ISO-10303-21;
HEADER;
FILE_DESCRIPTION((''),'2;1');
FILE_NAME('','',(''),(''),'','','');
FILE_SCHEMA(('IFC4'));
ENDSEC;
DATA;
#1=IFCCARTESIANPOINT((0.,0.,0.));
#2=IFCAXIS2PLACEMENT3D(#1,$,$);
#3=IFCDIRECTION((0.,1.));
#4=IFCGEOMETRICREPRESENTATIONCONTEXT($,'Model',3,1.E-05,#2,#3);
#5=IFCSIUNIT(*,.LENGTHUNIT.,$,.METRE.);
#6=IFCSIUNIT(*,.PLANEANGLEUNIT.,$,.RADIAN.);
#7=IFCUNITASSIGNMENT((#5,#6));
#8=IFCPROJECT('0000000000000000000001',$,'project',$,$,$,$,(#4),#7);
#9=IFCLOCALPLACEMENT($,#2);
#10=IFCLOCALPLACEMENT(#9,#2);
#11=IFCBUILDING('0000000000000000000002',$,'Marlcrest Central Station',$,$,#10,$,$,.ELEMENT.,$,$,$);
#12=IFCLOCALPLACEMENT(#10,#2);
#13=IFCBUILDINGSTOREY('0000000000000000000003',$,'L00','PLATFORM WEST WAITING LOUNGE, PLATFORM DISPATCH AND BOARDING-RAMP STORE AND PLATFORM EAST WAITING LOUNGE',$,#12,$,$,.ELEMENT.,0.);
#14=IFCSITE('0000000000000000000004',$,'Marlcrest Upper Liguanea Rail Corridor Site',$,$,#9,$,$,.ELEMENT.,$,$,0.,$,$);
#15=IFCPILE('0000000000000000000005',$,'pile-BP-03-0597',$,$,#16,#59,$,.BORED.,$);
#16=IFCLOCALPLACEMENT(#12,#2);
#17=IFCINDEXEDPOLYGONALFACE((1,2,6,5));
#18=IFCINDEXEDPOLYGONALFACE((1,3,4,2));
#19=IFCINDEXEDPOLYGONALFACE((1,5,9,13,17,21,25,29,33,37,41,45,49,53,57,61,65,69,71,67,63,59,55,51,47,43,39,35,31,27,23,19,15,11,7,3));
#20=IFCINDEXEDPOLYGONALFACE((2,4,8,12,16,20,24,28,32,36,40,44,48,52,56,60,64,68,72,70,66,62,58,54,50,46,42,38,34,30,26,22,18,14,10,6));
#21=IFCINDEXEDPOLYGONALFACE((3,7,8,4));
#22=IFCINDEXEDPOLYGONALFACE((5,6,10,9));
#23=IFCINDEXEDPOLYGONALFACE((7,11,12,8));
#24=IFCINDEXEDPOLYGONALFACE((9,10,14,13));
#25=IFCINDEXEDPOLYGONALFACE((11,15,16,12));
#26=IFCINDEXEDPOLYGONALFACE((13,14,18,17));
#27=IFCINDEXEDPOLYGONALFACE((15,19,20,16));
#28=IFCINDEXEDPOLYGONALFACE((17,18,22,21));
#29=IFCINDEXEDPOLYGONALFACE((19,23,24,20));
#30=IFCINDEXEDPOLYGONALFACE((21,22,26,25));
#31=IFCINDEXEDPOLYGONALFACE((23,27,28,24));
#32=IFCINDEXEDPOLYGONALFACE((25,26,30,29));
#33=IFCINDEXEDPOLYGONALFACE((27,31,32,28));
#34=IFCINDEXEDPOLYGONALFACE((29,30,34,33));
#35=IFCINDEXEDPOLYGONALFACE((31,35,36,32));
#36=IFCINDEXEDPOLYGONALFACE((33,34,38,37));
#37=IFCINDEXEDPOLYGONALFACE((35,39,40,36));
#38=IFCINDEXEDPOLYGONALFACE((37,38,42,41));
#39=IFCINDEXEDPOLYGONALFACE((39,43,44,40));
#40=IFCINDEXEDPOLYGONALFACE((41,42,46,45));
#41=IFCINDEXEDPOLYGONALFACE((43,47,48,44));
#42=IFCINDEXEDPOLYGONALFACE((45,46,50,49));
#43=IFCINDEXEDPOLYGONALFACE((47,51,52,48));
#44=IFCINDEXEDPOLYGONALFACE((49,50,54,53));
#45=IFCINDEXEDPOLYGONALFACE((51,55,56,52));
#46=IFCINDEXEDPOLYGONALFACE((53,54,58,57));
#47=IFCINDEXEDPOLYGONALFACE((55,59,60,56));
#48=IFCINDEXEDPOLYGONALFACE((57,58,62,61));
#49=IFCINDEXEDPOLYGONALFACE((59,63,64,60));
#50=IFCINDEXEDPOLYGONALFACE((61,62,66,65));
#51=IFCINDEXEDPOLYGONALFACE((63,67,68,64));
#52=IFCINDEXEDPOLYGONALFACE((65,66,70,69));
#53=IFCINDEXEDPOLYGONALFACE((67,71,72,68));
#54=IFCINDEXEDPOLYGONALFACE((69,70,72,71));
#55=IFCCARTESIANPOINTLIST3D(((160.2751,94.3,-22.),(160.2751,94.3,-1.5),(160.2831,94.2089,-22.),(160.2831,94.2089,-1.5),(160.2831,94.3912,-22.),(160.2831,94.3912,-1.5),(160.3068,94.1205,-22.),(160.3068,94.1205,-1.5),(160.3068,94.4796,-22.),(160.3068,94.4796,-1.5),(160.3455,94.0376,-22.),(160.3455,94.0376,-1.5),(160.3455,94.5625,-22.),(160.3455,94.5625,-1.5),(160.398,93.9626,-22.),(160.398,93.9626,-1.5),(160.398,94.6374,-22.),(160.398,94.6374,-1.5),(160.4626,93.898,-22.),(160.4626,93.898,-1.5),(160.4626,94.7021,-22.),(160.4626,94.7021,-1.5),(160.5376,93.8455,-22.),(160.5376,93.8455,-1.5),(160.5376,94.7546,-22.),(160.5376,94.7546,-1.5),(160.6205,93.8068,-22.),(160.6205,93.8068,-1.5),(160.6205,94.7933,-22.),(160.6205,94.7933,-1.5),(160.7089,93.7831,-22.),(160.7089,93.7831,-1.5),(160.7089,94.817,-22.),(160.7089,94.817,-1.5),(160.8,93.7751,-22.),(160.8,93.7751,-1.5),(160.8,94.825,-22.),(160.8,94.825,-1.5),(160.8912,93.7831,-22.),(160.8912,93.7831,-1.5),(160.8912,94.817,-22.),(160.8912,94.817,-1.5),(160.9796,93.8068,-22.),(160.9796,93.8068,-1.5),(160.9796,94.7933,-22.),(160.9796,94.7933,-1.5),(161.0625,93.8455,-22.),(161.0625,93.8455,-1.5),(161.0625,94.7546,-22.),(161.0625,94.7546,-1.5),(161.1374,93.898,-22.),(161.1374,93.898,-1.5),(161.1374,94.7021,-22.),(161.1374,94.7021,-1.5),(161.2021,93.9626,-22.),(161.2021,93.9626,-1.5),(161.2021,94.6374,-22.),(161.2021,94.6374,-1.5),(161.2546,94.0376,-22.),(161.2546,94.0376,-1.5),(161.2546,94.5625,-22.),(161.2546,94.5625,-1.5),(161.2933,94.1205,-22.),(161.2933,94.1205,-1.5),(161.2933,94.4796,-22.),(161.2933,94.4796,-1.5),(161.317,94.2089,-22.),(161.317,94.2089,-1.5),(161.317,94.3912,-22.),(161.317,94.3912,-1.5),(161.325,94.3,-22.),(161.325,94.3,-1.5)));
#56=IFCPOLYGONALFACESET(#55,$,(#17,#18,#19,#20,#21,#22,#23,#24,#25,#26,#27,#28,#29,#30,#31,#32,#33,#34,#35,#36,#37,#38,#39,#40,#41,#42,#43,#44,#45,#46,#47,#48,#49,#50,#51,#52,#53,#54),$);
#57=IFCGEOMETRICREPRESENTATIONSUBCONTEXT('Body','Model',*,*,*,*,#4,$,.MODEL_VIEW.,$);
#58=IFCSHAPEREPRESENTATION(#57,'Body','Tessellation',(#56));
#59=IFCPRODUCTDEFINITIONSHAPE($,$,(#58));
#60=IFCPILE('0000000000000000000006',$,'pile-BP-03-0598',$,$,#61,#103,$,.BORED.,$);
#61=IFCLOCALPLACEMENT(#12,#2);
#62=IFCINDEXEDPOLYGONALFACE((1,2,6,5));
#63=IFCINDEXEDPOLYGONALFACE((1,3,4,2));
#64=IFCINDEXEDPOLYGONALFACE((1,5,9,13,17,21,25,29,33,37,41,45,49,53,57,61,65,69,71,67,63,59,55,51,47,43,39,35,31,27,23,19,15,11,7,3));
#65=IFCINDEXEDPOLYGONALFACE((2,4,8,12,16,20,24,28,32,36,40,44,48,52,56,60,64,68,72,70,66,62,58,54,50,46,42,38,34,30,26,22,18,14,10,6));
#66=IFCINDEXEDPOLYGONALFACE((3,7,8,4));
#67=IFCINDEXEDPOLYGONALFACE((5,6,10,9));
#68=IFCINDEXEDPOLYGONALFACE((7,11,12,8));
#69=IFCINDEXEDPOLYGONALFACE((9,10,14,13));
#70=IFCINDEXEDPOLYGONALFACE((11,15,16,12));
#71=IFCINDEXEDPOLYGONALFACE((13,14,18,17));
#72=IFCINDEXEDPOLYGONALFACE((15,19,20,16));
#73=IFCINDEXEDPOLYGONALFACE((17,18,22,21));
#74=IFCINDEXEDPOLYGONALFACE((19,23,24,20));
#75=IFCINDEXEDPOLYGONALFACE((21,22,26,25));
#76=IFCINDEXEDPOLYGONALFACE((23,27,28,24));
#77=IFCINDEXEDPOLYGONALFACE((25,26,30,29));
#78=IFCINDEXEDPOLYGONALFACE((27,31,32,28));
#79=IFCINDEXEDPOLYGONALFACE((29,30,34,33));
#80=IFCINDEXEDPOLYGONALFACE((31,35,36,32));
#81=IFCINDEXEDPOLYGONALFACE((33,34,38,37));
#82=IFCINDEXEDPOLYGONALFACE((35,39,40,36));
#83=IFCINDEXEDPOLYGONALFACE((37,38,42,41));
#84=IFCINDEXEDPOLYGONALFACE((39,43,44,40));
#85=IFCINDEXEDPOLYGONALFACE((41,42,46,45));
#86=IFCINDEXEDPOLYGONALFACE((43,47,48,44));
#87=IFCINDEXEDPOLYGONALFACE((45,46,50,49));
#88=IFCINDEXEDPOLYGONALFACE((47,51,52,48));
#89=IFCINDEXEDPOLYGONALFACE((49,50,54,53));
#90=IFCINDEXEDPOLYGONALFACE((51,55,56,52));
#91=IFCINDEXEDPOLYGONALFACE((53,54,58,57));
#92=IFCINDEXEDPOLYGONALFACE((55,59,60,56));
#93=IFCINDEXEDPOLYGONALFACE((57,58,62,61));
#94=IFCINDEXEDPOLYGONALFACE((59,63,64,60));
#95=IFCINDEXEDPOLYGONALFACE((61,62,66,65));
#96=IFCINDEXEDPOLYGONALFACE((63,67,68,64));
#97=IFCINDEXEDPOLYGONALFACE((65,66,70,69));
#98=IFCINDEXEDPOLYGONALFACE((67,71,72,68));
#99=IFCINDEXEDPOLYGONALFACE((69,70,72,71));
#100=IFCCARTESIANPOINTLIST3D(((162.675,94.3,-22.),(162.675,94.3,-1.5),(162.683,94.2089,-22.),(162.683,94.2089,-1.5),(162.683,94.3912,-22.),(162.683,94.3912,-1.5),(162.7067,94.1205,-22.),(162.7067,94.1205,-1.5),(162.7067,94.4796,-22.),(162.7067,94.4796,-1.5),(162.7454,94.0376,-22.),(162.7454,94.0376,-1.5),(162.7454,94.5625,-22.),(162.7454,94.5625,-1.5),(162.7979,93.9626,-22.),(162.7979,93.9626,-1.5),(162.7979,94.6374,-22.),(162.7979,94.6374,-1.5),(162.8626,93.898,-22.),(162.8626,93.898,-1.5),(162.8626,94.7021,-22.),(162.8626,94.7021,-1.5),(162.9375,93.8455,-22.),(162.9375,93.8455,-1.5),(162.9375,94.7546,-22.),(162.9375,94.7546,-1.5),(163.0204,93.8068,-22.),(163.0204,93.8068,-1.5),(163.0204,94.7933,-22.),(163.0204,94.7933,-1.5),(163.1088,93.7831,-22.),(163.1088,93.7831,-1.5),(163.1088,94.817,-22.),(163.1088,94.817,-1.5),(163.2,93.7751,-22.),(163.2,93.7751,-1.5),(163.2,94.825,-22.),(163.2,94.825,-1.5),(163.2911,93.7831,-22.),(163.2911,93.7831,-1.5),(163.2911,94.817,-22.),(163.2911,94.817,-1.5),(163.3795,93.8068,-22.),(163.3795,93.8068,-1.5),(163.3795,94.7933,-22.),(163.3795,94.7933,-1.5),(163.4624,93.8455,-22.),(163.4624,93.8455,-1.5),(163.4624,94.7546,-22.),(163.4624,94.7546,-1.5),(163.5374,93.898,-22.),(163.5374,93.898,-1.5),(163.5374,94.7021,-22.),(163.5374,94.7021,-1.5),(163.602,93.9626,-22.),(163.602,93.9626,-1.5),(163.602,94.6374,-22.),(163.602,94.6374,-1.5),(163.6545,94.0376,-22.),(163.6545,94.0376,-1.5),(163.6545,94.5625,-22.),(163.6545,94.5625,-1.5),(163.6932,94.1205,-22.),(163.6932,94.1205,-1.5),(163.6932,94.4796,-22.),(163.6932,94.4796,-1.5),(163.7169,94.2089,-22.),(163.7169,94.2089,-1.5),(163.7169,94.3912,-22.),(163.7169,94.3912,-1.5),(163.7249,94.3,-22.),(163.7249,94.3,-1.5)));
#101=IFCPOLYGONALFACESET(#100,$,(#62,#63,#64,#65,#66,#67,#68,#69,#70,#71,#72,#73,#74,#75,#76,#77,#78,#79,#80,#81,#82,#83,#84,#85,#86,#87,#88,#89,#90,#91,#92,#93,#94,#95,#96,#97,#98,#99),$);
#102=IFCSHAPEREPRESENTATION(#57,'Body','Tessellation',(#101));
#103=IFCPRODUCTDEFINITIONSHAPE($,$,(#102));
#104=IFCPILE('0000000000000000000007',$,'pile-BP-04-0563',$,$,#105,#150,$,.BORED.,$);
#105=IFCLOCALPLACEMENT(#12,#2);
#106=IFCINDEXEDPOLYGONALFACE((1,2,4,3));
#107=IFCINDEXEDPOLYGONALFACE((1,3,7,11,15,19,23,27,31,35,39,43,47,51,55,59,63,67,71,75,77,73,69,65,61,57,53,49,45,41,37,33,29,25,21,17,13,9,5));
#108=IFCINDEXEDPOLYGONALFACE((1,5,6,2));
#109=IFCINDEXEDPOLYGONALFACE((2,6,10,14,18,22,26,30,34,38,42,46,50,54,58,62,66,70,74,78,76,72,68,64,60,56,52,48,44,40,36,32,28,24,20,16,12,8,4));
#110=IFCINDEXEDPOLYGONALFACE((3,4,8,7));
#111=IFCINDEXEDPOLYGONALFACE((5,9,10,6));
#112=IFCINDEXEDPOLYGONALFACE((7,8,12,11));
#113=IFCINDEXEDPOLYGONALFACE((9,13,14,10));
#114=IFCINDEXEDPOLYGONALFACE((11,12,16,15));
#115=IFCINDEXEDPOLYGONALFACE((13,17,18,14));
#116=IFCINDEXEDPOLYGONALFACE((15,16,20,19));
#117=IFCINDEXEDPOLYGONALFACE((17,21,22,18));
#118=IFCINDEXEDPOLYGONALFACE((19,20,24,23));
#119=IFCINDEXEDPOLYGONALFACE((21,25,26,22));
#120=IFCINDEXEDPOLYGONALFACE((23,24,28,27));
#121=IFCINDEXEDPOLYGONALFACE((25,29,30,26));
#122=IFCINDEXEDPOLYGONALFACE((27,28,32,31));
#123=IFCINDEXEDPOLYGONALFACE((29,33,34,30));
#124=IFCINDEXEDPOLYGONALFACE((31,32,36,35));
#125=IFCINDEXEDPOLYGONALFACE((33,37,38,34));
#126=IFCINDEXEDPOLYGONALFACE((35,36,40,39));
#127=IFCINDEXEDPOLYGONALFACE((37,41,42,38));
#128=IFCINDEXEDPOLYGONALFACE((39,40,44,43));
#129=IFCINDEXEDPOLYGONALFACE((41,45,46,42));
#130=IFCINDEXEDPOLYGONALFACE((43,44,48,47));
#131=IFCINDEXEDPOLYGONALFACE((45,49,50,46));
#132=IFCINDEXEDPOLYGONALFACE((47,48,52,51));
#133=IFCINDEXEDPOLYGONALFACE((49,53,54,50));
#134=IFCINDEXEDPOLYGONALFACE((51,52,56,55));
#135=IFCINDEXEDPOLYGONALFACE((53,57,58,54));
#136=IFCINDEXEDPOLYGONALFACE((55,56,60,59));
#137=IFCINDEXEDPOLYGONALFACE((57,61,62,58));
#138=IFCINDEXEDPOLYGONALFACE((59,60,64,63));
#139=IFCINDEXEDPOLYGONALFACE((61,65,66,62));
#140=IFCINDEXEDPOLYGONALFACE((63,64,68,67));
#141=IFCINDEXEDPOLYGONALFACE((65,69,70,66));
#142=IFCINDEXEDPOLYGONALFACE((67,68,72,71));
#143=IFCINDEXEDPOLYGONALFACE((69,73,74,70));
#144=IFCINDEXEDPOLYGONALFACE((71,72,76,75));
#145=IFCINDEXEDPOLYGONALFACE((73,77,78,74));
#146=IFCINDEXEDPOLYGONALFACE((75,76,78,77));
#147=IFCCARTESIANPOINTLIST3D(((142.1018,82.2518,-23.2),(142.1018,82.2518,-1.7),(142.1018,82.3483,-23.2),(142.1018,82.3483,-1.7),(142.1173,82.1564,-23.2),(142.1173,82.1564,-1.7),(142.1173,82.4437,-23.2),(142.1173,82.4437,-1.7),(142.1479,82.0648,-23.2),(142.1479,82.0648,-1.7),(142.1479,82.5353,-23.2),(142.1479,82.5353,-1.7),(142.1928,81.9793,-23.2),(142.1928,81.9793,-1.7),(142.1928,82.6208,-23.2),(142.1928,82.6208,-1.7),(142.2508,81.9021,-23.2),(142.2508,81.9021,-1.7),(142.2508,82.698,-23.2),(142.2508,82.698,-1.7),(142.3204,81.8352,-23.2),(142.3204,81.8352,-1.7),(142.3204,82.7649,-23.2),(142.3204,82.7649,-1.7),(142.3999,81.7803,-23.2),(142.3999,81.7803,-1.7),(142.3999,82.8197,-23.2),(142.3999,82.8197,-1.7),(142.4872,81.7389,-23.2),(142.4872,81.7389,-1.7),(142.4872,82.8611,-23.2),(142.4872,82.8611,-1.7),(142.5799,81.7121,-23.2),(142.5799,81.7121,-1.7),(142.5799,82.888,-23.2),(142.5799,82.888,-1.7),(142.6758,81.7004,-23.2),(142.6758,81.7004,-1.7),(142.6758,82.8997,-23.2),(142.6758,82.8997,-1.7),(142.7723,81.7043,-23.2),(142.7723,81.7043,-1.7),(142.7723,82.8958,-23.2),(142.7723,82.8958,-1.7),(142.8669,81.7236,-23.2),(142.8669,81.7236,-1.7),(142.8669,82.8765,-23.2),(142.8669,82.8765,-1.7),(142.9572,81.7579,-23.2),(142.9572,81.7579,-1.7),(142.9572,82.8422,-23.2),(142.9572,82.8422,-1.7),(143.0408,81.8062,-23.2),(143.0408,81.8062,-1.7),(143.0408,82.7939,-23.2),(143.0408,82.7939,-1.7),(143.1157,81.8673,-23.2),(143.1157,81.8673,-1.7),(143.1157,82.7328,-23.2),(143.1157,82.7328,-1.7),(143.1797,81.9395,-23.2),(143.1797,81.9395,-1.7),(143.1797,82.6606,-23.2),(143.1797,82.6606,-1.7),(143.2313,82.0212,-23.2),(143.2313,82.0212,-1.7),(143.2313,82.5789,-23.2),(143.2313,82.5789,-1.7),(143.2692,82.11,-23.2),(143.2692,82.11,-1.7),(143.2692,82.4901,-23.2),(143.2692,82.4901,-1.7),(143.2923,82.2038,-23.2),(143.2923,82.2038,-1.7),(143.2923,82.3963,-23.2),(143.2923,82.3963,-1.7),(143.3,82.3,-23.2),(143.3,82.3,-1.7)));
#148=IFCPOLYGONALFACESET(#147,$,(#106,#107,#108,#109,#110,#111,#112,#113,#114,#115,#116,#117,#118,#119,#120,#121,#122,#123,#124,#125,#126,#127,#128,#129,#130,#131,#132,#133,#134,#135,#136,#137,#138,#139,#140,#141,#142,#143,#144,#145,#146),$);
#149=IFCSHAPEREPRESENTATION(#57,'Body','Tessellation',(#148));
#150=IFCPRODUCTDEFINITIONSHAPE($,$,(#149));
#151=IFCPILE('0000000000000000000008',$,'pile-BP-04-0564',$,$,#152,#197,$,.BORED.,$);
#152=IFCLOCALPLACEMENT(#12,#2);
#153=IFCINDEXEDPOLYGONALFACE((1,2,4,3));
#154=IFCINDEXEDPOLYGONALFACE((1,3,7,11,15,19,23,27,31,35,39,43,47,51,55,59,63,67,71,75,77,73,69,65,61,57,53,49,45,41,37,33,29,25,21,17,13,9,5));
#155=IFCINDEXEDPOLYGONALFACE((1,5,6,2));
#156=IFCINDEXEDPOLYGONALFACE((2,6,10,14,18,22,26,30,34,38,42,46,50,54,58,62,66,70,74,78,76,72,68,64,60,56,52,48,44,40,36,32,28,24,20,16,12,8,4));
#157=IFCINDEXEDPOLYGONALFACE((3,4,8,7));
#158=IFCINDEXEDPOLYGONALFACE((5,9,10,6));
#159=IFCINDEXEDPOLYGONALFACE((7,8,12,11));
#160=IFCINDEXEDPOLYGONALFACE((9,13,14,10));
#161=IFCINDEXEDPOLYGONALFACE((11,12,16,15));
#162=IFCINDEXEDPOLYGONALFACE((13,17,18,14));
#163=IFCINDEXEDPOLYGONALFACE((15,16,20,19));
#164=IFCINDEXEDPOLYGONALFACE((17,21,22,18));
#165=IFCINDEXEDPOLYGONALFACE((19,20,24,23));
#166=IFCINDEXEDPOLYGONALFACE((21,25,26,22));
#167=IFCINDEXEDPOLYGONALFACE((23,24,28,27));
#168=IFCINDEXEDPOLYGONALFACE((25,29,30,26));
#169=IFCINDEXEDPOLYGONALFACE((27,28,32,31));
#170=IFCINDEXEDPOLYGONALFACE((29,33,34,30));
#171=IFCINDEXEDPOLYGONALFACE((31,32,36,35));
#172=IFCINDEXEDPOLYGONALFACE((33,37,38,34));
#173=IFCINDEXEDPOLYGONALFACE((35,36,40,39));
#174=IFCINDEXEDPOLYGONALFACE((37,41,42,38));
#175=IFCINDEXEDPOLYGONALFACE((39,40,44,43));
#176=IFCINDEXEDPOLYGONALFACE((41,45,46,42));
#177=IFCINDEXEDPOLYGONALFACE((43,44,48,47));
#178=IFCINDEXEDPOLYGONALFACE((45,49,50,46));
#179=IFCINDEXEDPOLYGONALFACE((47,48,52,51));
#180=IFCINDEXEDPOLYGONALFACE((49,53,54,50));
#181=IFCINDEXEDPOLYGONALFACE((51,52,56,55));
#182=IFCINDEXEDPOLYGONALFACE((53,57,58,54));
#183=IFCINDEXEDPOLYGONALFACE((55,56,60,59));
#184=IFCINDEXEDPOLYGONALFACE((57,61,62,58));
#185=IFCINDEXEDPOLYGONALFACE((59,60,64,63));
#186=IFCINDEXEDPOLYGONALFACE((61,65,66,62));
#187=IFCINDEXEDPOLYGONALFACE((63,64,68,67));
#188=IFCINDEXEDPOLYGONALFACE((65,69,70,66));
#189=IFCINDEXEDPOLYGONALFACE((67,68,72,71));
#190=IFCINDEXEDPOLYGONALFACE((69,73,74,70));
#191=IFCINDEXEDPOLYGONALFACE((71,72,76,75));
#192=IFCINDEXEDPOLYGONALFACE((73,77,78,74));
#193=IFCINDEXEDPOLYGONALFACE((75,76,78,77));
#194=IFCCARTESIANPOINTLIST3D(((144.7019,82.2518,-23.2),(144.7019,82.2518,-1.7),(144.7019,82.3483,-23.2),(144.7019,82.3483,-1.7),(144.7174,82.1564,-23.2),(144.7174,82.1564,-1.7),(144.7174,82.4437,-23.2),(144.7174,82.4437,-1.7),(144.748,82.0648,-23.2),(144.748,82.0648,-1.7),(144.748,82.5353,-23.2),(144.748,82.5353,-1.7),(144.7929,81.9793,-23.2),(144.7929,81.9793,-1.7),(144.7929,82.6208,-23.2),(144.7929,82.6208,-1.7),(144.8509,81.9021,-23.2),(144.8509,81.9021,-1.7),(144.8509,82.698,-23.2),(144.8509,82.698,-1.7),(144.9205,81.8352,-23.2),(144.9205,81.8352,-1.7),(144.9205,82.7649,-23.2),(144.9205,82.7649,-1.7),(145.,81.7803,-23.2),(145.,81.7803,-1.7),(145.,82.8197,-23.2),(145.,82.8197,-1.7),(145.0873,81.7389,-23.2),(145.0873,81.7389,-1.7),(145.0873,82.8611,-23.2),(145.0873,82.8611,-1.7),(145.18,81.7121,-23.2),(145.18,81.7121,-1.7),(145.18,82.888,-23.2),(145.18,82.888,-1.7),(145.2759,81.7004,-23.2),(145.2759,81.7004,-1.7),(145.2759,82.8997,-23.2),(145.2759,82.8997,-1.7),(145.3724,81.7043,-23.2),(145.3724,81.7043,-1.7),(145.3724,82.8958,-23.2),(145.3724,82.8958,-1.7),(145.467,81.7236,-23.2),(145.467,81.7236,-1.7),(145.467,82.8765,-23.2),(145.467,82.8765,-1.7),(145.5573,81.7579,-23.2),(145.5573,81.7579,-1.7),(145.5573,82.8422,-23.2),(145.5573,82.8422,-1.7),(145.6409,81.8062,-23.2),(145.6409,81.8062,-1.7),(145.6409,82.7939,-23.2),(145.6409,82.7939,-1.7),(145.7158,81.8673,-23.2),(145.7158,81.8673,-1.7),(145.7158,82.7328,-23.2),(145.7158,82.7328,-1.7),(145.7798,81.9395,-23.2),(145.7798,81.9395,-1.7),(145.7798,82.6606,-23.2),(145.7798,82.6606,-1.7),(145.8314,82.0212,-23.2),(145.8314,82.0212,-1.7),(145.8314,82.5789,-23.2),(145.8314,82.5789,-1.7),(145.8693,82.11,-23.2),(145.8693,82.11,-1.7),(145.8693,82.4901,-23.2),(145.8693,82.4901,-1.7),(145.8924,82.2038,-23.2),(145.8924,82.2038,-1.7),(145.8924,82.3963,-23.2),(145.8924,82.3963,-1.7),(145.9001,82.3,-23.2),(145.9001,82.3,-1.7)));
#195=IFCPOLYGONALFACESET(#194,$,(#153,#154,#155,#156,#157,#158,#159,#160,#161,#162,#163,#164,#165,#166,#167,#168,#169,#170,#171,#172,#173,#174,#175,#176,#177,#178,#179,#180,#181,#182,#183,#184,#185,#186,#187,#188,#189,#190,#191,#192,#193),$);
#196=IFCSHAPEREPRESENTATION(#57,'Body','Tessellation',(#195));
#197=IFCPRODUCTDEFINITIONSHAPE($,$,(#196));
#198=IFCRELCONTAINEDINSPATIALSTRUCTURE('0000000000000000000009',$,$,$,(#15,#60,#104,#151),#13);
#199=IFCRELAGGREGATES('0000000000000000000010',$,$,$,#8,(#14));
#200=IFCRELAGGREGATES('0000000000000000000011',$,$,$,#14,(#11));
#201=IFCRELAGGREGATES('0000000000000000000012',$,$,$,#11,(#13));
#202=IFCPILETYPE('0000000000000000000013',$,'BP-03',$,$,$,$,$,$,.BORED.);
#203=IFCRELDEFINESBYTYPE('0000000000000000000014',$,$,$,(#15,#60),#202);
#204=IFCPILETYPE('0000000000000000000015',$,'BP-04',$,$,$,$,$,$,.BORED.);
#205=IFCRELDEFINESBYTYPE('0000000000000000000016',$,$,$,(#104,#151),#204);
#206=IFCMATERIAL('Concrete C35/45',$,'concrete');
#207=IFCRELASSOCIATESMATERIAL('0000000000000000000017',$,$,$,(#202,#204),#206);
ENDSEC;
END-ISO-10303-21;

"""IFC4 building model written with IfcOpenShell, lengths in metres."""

from ifc_helpers import new_model, si_unit, direction, frame, origin, origin_2d, place, context, subcontext, project, spatial, circle, extrude, material, material_profile, profile_set, type_object, element, save


model = new_model("IFC4")

# Units and contexts
model_context = context("Model", 3, precision=1e-05, world=origin(), true_north=direction((0.0, 1.0)))
body_context = subcontext(model_context, "Body", "Model", "MODEL_VIEW")
ifc_project = project(units=[si_unit("LENGTHUNIT", "METRE"), si_unit("PLANEANGLEUNIT", "RADIAN")], contexts=[model_context])

# Site, building, storey
site_placement = place(None, origin())
site = spatial("IfcSite", under=ifc_project, at=site_placement, Name="Marlcrest Upper Liguanea Rail Corridor Site", CompositionType="ELEMENT", RefElevation=0.0)
building_placement = place(site_placement, origin())
building = spatial("IfcBuilding", under=site, at=building_placement, Name="Marlcrest Central Station", CompositionType="ELEMENT")
storey_placement = place(building_placement, origin())
storey = spatial("IfcBuildingStorey", under=building, at=storey_placement, Name="L00", Description="PLATFORM WEST WAITING LOUNGE, PLATFORM DISPATCH AND BOARDING-RAMP STORE AND PLATFORM EAST WAITING LOUNGE", CompositionType="ELEMENT", Elevation=0.0)

# Piles
ifc_material_1 = material(Name="Concrete C35/45", Category="concrete")
ifc_material_profile_1 = material_profile(ifc_material_1, circle(Radius=0.5249, at=origin_2d()), Name="PILE D1050")
ifc_profile_set_1 = profile_set([ifc_material_profile_1], Name="Concrete C35/45")
pile_type_1 = type_object("IfcPileType", Name="BP-03", PredefinedType="BORED", material=ifc_profile_set_1)
for number, where, z_axis, x_axis, name in (
    (1, (160.8, 94.3, -1.5), (0.0, 0.0, -1.0), (1.0, 0.0, 0.0), "pile-BP-03-0597"),
    (2, (163.2, 94.3, -1.5), (0.0, 0.0, -1.0), (1.0, 0.0, 0.0), "pile-BP-03-0598"),
):
    element("IfcPile", number, at=place(storey_placement, frame(where, z_axis=z_axis, x_axis=x_axis)), inside=storey, type_object=pile_type_1, Name=name, PredefinedType="BORED", context=body_context, shape_type="SweptSolid", body=[
        extrude(circle(Radius=0.5249, at=origin_2d()), origin(), (0.0, 0.0, 1.0), 20.5),
    ])
ifc_material_profile_2 = material_profile(ifc_material_1, circle(Radius=0.6001, at=origin_2d()), Name="PILE D1200")
ifc_profile_set_2 = profile_set([ifc_material_profile_2], Name="Concrete C35/45")
pile_type_2 = type_object("IfcPileType", Name="BP-04", PredefinedType="BORED", material=ifc_profile_set_2)
for number, where, z_axis, x_axis, name in (
    (3, (142.7, 82.3, -1.7), (0.0, 0.0, -1.0), (1.0, 0.0, 0.0), "pile-BP-04-0563"),
    (4, (145.3, 82.3, -1.7), (0.0, 0.0, -1.0), (1.0, 0.0, 0.0), "pile-BP-04-0564"),
):
    element("IfcPile", number, at=place(storey_placement, frame(where, z_axis=z_axis, x_axis=x_axis)), inside=storey, type_object=pile_type_2, Name=name, PredefinedType="BORED", context=body_context, shape_type="SweptSolid", body=[
        extrude(circle(Radius=0.6001, at=origin_2d()), origin(), (0.0, 0.0, 1.0), 21.5),
    ])

save(model, "model.ifc")
